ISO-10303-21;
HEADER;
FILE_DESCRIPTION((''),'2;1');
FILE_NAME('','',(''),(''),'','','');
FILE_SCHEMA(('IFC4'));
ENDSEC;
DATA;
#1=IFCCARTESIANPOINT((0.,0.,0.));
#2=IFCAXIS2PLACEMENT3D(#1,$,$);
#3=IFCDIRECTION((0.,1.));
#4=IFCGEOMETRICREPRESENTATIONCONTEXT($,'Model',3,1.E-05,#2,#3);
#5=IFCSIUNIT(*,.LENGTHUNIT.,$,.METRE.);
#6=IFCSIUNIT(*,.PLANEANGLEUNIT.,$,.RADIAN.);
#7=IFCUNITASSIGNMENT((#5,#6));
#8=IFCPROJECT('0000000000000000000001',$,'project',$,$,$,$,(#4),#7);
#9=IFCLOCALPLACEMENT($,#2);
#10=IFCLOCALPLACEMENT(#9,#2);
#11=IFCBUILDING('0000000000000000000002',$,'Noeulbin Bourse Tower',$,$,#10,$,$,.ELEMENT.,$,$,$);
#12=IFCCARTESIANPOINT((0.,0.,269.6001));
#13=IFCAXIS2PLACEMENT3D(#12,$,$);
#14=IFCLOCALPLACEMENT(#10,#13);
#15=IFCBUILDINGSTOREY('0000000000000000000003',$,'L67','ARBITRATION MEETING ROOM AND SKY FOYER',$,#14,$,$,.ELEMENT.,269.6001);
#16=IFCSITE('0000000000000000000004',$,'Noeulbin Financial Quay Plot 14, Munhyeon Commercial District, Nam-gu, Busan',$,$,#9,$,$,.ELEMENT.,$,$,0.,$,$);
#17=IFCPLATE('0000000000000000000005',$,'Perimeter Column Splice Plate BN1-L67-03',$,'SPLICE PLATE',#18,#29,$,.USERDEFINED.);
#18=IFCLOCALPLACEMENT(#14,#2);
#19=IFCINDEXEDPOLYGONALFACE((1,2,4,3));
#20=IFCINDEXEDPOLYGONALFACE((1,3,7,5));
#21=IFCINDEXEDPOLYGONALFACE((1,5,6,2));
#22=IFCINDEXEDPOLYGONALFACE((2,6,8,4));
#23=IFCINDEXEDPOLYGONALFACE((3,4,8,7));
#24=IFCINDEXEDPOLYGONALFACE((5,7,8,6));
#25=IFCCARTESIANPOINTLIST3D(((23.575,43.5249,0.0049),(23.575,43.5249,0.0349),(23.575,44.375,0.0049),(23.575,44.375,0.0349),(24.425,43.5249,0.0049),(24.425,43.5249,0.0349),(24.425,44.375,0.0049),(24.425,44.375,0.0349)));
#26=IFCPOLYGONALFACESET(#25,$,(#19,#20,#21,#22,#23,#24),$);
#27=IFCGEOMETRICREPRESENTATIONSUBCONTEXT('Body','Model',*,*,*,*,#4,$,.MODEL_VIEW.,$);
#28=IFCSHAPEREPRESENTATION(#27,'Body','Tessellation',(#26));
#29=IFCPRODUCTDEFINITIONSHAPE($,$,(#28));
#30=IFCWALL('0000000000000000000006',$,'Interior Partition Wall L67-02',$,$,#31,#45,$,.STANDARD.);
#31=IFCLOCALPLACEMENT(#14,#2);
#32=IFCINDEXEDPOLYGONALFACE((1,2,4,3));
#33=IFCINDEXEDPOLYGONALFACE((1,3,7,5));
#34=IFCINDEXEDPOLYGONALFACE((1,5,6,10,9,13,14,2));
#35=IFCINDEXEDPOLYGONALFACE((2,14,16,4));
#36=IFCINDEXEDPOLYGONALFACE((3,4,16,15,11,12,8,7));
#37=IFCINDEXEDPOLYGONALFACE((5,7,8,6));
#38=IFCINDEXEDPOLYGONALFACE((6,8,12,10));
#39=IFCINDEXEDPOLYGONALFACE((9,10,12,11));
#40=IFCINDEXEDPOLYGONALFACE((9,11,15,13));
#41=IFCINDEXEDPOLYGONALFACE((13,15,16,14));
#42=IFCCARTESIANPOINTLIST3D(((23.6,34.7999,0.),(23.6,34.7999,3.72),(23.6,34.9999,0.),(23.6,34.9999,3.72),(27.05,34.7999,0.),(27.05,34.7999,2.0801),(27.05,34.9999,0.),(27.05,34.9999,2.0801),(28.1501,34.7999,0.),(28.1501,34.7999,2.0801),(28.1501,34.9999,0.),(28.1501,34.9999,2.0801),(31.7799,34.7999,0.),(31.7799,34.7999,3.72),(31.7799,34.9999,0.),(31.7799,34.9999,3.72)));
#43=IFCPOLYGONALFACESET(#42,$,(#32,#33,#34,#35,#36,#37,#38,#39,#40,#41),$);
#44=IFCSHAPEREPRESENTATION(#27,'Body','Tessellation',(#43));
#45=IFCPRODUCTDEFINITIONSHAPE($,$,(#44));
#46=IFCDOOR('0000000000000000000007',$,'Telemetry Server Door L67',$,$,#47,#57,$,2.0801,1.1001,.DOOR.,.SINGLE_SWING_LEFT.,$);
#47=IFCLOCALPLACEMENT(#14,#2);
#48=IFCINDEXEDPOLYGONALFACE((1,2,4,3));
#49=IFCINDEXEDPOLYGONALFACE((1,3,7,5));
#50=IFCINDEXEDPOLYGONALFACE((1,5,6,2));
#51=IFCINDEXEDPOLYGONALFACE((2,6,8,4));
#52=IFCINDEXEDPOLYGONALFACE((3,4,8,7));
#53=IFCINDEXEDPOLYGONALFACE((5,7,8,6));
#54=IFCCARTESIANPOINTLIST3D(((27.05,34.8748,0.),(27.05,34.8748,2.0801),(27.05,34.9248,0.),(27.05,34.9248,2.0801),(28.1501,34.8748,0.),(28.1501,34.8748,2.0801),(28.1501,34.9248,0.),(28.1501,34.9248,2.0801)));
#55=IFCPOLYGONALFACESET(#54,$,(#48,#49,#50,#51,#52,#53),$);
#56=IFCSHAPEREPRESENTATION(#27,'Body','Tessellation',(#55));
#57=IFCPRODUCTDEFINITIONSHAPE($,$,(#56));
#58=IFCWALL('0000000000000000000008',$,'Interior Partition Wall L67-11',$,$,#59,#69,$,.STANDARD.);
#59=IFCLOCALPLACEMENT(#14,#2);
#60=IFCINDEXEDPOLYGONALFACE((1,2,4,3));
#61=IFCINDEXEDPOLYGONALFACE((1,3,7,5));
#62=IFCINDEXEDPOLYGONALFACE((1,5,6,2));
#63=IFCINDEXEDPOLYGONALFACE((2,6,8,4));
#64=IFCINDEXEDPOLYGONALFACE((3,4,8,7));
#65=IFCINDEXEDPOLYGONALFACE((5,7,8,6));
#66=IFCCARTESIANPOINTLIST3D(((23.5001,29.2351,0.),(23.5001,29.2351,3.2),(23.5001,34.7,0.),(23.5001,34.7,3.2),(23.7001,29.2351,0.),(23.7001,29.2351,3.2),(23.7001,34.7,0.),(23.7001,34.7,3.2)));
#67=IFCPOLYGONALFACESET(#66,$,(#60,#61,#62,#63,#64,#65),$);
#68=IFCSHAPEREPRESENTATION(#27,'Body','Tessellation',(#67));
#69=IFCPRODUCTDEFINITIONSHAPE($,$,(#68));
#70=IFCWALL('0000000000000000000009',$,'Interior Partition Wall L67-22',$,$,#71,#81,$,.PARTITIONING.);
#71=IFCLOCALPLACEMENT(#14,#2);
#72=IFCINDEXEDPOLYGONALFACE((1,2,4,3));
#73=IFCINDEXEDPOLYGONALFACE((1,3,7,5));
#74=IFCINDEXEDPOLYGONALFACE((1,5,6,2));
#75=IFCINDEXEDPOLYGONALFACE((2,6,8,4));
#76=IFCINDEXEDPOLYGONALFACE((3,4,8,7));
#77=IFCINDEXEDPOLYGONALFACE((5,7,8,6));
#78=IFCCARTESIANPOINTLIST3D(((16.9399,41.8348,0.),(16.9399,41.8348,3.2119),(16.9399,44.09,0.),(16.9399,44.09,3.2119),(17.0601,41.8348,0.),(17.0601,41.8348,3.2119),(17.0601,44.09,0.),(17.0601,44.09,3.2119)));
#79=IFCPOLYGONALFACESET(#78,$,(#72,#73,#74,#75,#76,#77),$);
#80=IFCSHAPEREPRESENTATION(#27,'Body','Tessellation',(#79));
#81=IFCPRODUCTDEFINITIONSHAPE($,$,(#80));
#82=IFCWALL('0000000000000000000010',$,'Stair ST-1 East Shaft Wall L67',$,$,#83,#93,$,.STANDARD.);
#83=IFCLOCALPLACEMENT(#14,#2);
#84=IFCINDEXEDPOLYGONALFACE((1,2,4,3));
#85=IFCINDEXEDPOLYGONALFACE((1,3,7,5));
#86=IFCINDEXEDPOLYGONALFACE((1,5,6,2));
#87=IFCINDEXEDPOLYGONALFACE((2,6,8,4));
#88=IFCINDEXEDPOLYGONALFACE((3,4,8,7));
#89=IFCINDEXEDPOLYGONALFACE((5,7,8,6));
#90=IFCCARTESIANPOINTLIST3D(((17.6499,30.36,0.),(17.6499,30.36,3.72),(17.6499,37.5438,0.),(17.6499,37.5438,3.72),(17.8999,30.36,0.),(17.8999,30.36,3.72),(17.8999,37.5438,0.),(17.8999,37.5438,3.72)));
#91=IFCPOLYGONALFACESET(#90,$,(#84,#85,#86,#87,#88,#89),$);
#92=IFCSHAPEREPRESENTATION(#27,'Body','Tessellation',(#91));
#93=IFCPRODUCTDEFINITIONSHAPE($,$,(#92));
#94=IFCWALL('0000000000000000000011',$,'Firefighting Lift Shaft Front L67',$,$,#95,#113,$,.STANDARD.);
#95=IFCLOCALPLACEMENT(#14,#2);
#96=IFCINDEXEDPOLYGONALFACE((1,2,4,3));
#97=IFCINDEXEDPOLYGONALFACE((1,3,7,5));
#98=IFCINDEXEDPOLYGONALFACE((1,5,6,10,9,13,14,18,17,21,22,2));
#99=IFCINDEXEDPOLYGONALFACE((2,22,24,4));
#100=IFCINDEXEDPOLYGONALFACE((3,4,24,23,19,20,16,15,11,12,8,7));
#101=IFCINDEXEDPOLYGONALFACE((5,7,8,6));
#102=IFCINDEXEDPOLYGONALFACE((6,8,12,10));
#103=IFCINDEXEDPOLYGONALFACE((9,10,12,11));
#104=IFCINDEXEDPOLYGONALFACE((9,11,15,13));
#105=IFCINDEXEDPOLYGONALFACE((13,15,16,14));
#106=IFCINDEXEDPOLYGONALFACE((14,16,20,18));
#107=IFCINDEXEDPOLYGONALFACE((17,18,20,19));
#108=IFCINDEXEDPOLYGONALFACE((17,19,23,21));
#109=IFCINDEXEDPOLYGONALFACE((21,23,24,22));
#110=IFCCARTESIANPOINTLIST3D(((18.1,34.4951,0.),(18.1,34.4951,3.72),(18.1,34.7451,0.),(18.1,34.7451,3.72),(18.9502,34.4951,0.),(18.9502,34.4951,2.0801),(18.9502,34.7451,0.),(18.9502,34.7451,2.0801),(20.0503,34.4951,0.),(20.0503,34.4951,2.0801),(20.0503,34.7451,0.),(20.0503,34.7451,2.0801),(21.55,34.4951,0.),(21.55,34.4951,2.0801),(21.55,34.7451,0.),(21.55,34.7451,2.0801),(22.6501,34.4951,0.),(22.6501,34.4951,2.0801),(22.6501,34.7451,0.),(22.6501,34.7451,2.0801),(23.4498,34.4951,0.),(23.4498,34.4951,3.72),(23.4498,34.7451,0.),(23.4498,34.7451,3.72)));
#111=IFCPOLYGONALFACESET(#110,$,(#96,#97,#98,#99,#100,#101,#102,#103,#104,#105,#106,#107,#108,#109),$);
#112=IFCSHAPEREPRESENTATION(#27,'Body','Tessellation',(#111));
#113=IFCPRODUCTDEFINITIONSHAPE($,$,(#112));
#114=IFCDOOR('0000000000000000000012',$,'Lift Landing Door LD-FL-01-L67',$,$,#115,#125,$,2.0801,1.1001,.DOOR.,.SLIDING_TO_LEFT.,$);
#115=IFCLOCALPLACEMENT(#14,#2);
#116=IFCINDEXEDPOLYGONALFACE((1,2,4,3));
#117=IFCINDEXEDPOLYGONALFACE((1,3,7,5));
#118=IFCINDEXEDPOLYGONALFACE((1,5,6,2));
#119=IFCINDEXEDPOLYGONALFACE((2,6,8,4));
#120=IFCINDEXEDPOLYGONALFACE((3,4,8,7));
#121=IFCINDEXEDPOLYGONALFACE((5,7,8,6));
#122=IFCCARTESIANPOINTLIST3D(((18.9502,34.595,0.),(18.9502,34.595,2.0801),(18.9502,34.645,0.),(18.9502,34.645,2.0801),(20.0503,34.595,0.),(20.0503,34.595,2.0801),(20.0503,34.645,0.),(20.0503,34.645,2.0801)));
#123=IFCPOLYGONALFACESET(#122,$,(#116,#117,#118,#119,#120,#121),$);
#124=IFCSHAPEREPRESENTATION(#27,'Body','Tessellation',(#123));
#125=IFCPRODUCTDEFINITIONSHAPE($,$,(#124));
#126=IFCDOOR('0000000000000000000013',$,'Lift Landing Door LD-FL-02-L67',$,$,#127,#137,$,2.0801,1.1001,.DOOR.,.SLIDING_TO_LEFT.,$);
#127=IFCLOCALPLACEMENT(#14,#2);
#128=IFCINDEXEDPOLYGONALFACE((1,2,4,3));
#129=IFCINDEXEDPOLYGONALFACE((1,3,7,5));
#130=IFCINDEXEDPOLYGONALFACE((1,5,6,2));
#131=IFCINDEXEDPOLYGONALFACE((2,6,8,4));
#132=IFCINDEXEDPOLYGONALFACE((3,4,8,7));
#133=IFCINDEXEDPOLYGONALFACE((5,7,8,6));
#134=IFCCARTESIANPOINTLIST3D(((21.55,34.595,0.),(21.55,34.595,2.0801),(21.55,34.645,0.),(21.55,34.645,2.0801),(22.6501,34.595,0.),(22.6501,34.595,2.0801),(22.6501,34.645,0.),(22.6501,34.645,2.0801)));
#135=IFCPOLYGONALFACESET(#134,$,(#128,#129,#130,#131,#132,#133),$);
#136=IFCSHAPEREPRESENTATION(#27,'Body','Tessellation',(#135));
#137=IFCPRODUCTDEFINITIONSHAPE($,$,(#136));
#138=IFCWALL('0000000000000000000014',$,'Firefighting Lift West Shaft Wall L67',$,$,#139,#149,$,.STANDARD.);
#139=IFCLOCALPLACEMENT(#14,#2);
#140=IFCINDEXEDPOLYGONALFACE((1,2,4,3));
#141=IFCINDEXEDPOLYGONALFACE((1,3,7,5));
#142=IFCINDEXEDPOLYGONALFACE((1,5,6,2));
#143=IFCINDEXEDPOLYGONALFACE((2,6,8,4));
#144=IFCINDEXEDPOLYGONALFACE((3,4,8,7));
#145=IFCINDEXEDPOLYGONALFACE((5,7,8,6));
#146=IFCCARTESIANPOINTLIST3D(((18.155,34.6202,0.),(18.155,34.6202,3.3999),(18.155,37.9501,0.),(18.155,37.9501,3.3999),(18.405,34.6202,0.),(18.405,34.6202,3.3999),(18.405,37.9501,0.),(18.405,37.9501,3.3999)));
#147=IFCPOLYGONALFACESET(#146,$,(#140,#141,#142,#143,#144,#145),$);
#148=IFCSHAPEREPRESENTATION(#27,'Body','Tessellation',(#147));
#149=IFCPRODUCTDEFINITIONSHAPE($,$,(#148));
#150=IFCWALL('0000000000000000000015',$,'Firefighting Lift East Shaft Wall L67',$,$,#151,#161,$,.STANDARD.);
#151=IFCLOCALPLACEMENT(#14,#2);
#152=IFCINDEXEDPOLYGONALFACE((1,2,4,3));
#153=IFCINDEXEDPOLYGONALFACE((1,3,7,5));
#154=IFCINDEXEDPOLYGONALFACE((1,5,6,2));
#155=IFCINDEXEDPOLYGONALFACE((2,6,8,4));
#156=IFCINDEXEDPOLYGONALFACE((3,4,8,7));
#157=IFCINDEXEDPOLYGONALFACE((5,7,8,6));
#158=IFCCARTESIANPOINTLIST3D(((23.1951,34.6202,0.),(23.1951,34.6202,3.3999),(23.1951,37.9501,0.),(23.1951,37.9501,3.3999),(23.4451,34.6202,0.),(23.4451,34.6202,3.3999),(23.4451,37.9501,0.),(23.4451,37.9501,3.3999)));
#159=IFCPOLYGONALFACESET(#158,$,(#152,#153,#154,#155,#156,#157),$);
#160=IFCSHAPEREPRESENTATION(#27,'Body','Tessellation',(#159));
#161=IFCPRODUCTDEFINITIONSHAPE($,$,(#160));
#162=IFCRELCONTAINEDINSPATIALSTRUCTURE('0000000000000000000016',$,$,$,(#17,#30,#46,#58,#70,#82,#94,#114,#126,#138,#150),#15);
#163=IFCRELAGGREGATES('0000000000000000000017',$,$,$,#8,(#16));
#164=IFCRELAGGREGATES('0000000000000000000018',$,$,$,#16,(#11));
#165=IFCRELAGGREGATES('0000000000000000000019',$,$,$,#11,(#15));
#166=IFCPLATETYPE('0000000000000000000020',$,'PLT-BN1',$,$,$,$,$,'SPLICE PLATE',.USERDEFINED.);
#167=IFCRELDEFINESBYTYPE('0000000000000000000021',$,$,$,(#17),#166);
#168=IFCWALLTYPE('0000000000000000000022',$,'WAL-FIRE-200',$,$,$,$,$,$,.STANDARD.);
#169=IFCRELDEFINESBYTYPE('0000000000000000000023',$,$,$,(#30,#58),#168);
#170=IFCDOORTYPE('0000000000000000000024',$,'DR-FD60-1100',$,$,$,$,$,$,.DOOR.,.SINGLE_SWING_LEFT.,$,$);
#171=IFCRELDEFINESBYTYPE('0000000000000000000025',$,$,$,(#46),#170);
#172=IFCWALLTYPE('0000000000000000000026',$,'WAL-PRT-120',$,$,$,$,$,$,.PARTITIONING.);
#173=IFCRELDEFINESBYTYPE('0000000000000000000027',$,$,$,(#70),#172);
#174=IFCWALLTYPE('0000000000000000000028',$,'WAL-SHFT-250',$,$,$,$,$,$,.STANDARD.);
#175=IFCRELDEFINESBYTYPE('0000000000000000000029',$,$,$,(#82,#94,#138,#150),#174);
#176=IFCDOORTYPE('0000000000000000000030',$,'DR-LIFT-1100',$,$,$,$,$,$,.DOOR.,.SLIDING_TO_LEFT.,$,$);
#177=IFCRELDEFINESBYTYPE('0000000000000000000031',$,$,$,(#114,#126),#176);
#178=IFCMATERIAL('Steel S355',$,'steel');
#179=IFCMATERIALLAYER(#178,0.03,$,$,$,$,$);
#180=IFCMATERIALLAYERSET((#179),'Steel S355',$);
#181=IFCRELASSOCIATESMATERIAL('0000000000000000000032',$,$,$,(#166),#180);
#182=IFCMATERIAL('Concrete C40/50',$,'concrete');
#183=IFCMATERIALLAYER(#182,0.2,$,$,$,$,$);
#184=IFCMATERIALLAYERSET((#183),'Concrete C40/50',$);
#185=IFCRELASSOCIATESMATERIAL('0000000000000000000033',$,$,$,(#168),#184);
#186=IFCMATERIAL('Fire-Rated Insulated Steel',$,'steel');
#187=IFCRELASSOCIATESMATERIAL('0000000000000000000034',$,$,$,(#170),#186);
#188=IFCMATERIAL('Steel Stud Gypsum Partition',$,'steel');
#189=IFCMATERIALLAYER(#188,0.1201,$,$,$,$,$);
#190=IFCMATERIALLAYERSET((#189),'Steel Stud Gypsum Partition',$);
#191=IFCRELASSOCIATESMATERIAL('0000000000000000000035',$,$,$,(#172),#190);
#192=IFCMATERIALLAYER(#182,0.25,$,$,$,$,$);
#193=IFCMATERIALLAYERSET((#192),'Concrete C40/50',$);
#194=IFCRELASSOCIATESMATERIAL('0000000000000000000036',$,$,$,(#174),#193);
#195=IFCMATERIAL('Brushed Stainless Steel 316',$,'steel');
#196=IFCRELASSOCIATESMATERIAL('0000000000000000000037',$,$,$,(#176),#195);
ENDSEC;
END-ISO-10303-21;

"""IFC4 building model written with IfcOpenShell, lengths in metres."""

from ifc_helpers import new_model, si_unit, direction, frame, frame_2d, origin, origin_2d, place, context, subcontext, project, spatial, rectangle, extrude, material, layer, layer_set, type_object, element, fill, save


model = new_model("IFC4")

# Units and contexts
model_context = context("Model", 3, precision=1e-05, world=origin(), true_north=direction((0.0, 1.0)))
body_context = subcontext(model_context, "Body", "Model", "MODEL_VIEW")
ifc_project = project(units=[si_unit("LENGTHUNIT", "METRE"), si_unit("PLANEANGLEUNIT", "RADIAN")], contexts=[model_context])

# Site, building, storey
site_placement = place(None, origin())
site = spatial("IfcSite", under=ifc_project, at=site_placement, Name="Noeulbin Financial Quay Plot 14, Munhyeon Commercial District, Nam-gu, Busan", CompositionType="ELEMENT", RefElevation=0.0)
building_placement = place(site_placement, origin())
building = spatial("IfcBuilding", under=site, at=building_placement, Name="Noeulbin Bourse Tower", CompositionType="ELEMENT")
storey_placement = place(building_placement, frame((0.0, 0.0, 269.6001)))
storey = spatial("IfcBuildingStorey", under=building, at=storey_placement, Name="L67", Description="ARBITRATION MEETING ROOM AND SKY FOYER", CompositionType="ELEMENT", Elevation=269.6001)

# Shared definitions
ifc_material_1 = material(Name="Steel S355", Category="steel")

# Plate
ifc_layer_1 = layer(ifc_material_1, 0.03)
ifc_layer_set_1 = layer_set([ifc_layer_1], Name="Steel S355")
plate_type_1 = type_object("IfcPlateType", Name="PLT-BN1", ElementType="SPLICE PLATE", PredefinedType="USERDEFINED", material=ifc_layer_set_1)
for number, where, z_axis, x_axis, name in (
    (1, (24.0, 43.95, 0.0049), (0.0, 0.0, 1.0), (1.0, 0.0, 0.0), "Perimeter Column Splice Plate BN1-L67-03"),
):
    element("IfcPlate", number, at=place(storey_placement, frame(where, z_axis=z_axis, x_axis=x_axis)), inside=storey, type_object=plate_type_1, Name=name, ObjectType="SPLICE PLATE", PredefinedType="USERDEFINED", context=body_context, shape_type="SweptSolid", body=[
        extrude(rectangle(XDim=0.8501, YDim=0.8501, at=origin_2d()), origin(), (0.0, 0.0, 1.0), 0.03),
    ])

# Wall, opening, door
ifc_material_2 = material(Name="Concrete C40/50", Category="concrete")
ifc_layer_2 = layer(ifc_material_2, 0.2)
ifc_layer_set_2 = layer_set([ifc_layer_2], Name="Concrete C40/50")
wall_type_1 = type_object("IfcWallType", Name="WAL-FIRE-200", PredefinedType="STANDARD", material=ifc_layer_set_2)
wall_1_placement = place(storey_placement, frame((23.6001, 34.8999, 0.0), z_axis=(0.0, 0.0, 1.0), x_axis=(1.0, 0.0, 0.0)))
wall_1 = element("IfcWall", 2, at=wall_1_placement, inside=storey, type_object=wall_type_1, Name="Interior Partition Wall L67-02", PredefinedType="STANDARD", context=body_context, shape_type="SweptSolid", body=[
    extrude(rectangle(XDim=8.1799, YDim=0.2, at=frame_2d((4.0898, 0.0))), origin(), (0.0, 0.0, 1.0), 3.72),
])
opening_1_placement = place(wall_1_placement, frame((3.45, 0.0, 0.0)))
opening_1 = element("IfcOpeningElement", 3, at=opening_1_placement, cuts=wall_1, PredefinedType="OPENING", context=body_context, shape_type="SweptSolid", body=[
    extrude(rectangle(XDim=1.1001, YDim=2.0801, at=frame_2d((0.55, 1.04))), frame((0.0, 0.1099, 0.0), z_axis=(0.0, -1.0, 0.0), x_axis=(1.0, 0.0, 0.0)), (0.0, 0.0, 1.0), 0.22),
])
ifc_material_3 = material(Name="Fire-Rated Insulated Steel", Category="steel")
door_type_1 = type_object("IfcDoorType", Name="DR-FD60-1100", OperationType="SINGLE_SWING_LEFT", PredefinedType="DOOR", material=ifc_material_3)
door_1_placement = place(opening_1_placement, origin())
door_1 = element("IfcDoor", 4, at=door_1_placement, inside=storey, type_object=door_type_1, Name="Telemetry Server Door L67", OperationType="SINGLE_SWING_LEFT", OverallHeight=2.0801, OverallWidth=1.1001, PredefinedType="DOOR", context=body_context, shape_type="SweptSolid", body=[
    extrude(rectangle(XDim=1.1001, YDim=2.0801, at=frame_2d((0.55, 1.04))), frame((0.0, 0.0249, 0.0), z_axis=(0.0, -1.0, 0.0), x_axis=(1.0, 0.0, 0.0)), (0.0, 0.0, 1.0), 0.05),
])
fill(opening_1, door_1)

# Walls
wall_2_placement = place(storey_placement, frame((23.6001, 29.2351, 0.0), z_axis=(0.0, 0.0, 1.0), x_axis=(0.0, 1.0, 0.0)))
element("IfcWall", 5, at=wall_2_placement, inside=storey, type_object=wall_type_1, Name="Interior Partition Wall L67-11", PredefinedType="STANDARD", context=body_context, shape_type="SweptSolid", body=[
    extrude(rectangle(XDim=5.4648, YDim=0.2, at=frame_2d((2.7324, 0.0))), origin(), (0.0, 0.0, 1.0), 3.2),
])
ifc_material_4 = material(Name="Steel Stud Gypsum Partition", Category="steel")
ifc_layer_3 = layer(ifc_material_4, 0.1201)
ifc_layer_set_3 = layer_set([ifc_layer_3], Name="Steel Stud Gypsum Partition")
wall_type_2 = type_object("IfcWallType", Name="WAL-PRT-120", PredefinedType="PARTITIONING", material=ifc_layer_set_3)
wall_3_placement = place(storey_placement, frame((17.0, 41.835, 0.0), z_axis=(0.0, 0.0, 1.0), x_axis=(0.0, 1.0, 0.0)))
element("IfcWall", 6, at=wall_3_placement, inside=storey, type_object=wall_type_2, Name="Interior Partition Wall L67-22", PredefinedType="PARTITIONING", context=body_context, shape_type="SweptSolid", body=[
    extrude(rectangle(XDim=2.2551, YDim=0.1201, at=frame_2d((1.1274, 0.0))), origin(), (0.0, 0.0, 1.0), 3.2119),
])
ifc_layer_4 = layer(ifc_material_2, 0.25)
ifc_layer_set_4 = layer_set([ifc_layer_4], Name="Concrete C40/50")
wall_type_3 = type_object("IfcWallType", Name="WAL-SHFT-250", PredefinedType="STANDARD", material=ifc_layer_set_4)
wall_4_placement = place(storey_placement, frame((17.7749, 30.3601, 0.0), z_axis=(0.0, 0.0, 1.0), x_axis=(0.0, 1.0, 0.0)))
element("IfcWall", 7, at=wall_4_placement, inside=storey, type_object=wall_type_3, Name="Stair ST-1 East Shaft Wall L67", PredefinedType="STANDARD", context=body_context, shape_type="SweptSolid", body=[
    extrude(rectangle(XDim=7.1838, YDim=0.25, at=frame_2d((3.5918, 0.0))), origin(), (0.0, 0.0, 1.0), 3.72),
])

# Wall, openings, doors
wall_5_placement = place(storey_placement, frame((18.1001, 34.6201, 0.0), z_axis=(0.0, 0.0, 1.0), x_axis=(1.0, 0.0, 0.0)))
wall_5 = element("IfcWall", 8, at=wall_5_placement, inside=storey, type_object=wall_type_3, Name="Firefighting Lift Shaft Front L67", PredefinedType="STANDARD", context=body_context, shape_type="SweptSolid", body=[
    extrude(rectangle(XDim=5.3499, YDim=0.25, at=frame_2d((2.6748, 0.0))), origin(), (0.0, 0.0, 1.0), 3.72),
])
opening_2_placement = place(wall_5_placement, frame((0.8501, 0.0, 0.0)))
opening_2 = element("IfcOpeningElement", 9, at=opening_2_placement, cuts=wall_5, PredefinedType="OPENING", context=body_context, shape_type="SweptSolid", body=[
    extrude(rectangle(XDim=1.1001, YDim=2.0801, at=frame_2d((0.55, 1.04))), frame((0.0, 0.135, 0.0), z_axis=(0.0, -1.0, 0.0), x_axis=(1.0, 0.0, 0.0)), (0.0, 0.0, 1.0), 0.27),
])
opening_3_placement = place(wall_5_placement, frame((3.45, 0.0, 0.0)))
opening_3 = element("IfcOpeningElement", 10, at=opening_3_placement, cuts=wall_5, PredefinedType="OPENING", context=body_context, shape_type="SweptSolid", body=[
    extrude(rectangle(XDim=1.1001, YDim=2.0801, at=frame_2d((0.55, 1.04))), frame((0.0, 0.135, 0.0), z_axis=(0.0, -1.0, 0.0), x_axis=(1.0, 0.0, 0.0)), (0.0, 0.0, 1.0), 0.27),
])
ifc_material_5 = material(Name="Brushed Stainless Steel 316", Category="steel")
door_type_2 = type_object("IfcDoorType", Name="DR-LIFT-1100", OperationType="SLIDING_TO_LEFT", PredefinedType="DOOR", material=ifc_material_5)
door_2_placement = place(opening_2_placement, origin())
door_2 = element("IfcDoor", 11, at=door_2_placement, inside=storey, type_object=door_type_2, Name="Lift Landing Door LD-FL-01-L67", OperationType="SLIDING_TO_LEFT", OverallHeight=2.0801, OverallWidth=1.1001, PredefinedType="DOOR", context=body_context, shape_type="SweptSolid", body=[
    extrude(rectangle(XDim=1.1001, YDim=2.0801, at=frame_2d((0.55, 1.04))), frame((0.0, 0.0249, 0.0), z_axis=(0.0, -1.0, 0.0), x_axis=(1.0, 0.0, 0.0)), (0.0, 0.0, 1.0), 0.05),
])
fill(opening_2, door_2)
door_3_placement = place(opening_3_placement, origin())
door_3 = element("IfcDoor", 12, at=door_3_placement, inside=storey, type_object=door_type_2, Name="Lift Landing Door LD-FL-02-L67", OperationType="SLIDING_TO_LEFT", OverallHeight=2.0801, OverallWidth=1.1001, PredefinedType="DOOR", context=body_context, shape_type="SweptSolid", body=[
    extrude(rectangle(XDim=1.1001, YDim=2.0801, at=frame_2d((0.55, 1.04))), frame((0.0, 0.0249, 0.0), z_axis=(0.0, -1.0, 0.0), x_axis=(1.0, 0.0, 0.0)), (0.0, 0.0, 1.0), 0.05),
])
fill(opening_3, door_3)

# Walls
for number, where, z_axis, x_axis, name in (
    (13, (18.28, 34.6201, 0.0), (0.0, 0.0, 1.0), (0.0, 1.0, 0.0), "Firefighting Lift West Shaft Wall L67"),
    (14, (23.3201, 34.6201, 0.0), (0.0, 0.0, 1.0), (0.0, 1.0, 0.0), "Firefighting Lift East Shaft Wall L67"),
):
    element("IfcWall", number, at=place(storey_placement, frame(where, z_axis=z_axis, x_axis=x_axis)), inside=storey, type_object=wall_type_3, Name=name, PredefinedType="STANDARD", context=body_context, shape_type="SweptSolid", body=[
        extrude(rectangle(XDim=3.3298, YDim=0.25, at=frame_2d((1.665, 0.0))), origin(), (0.0, 0.0, 1.0), 3.3999),
    ])

save(model, "model.ifc")
